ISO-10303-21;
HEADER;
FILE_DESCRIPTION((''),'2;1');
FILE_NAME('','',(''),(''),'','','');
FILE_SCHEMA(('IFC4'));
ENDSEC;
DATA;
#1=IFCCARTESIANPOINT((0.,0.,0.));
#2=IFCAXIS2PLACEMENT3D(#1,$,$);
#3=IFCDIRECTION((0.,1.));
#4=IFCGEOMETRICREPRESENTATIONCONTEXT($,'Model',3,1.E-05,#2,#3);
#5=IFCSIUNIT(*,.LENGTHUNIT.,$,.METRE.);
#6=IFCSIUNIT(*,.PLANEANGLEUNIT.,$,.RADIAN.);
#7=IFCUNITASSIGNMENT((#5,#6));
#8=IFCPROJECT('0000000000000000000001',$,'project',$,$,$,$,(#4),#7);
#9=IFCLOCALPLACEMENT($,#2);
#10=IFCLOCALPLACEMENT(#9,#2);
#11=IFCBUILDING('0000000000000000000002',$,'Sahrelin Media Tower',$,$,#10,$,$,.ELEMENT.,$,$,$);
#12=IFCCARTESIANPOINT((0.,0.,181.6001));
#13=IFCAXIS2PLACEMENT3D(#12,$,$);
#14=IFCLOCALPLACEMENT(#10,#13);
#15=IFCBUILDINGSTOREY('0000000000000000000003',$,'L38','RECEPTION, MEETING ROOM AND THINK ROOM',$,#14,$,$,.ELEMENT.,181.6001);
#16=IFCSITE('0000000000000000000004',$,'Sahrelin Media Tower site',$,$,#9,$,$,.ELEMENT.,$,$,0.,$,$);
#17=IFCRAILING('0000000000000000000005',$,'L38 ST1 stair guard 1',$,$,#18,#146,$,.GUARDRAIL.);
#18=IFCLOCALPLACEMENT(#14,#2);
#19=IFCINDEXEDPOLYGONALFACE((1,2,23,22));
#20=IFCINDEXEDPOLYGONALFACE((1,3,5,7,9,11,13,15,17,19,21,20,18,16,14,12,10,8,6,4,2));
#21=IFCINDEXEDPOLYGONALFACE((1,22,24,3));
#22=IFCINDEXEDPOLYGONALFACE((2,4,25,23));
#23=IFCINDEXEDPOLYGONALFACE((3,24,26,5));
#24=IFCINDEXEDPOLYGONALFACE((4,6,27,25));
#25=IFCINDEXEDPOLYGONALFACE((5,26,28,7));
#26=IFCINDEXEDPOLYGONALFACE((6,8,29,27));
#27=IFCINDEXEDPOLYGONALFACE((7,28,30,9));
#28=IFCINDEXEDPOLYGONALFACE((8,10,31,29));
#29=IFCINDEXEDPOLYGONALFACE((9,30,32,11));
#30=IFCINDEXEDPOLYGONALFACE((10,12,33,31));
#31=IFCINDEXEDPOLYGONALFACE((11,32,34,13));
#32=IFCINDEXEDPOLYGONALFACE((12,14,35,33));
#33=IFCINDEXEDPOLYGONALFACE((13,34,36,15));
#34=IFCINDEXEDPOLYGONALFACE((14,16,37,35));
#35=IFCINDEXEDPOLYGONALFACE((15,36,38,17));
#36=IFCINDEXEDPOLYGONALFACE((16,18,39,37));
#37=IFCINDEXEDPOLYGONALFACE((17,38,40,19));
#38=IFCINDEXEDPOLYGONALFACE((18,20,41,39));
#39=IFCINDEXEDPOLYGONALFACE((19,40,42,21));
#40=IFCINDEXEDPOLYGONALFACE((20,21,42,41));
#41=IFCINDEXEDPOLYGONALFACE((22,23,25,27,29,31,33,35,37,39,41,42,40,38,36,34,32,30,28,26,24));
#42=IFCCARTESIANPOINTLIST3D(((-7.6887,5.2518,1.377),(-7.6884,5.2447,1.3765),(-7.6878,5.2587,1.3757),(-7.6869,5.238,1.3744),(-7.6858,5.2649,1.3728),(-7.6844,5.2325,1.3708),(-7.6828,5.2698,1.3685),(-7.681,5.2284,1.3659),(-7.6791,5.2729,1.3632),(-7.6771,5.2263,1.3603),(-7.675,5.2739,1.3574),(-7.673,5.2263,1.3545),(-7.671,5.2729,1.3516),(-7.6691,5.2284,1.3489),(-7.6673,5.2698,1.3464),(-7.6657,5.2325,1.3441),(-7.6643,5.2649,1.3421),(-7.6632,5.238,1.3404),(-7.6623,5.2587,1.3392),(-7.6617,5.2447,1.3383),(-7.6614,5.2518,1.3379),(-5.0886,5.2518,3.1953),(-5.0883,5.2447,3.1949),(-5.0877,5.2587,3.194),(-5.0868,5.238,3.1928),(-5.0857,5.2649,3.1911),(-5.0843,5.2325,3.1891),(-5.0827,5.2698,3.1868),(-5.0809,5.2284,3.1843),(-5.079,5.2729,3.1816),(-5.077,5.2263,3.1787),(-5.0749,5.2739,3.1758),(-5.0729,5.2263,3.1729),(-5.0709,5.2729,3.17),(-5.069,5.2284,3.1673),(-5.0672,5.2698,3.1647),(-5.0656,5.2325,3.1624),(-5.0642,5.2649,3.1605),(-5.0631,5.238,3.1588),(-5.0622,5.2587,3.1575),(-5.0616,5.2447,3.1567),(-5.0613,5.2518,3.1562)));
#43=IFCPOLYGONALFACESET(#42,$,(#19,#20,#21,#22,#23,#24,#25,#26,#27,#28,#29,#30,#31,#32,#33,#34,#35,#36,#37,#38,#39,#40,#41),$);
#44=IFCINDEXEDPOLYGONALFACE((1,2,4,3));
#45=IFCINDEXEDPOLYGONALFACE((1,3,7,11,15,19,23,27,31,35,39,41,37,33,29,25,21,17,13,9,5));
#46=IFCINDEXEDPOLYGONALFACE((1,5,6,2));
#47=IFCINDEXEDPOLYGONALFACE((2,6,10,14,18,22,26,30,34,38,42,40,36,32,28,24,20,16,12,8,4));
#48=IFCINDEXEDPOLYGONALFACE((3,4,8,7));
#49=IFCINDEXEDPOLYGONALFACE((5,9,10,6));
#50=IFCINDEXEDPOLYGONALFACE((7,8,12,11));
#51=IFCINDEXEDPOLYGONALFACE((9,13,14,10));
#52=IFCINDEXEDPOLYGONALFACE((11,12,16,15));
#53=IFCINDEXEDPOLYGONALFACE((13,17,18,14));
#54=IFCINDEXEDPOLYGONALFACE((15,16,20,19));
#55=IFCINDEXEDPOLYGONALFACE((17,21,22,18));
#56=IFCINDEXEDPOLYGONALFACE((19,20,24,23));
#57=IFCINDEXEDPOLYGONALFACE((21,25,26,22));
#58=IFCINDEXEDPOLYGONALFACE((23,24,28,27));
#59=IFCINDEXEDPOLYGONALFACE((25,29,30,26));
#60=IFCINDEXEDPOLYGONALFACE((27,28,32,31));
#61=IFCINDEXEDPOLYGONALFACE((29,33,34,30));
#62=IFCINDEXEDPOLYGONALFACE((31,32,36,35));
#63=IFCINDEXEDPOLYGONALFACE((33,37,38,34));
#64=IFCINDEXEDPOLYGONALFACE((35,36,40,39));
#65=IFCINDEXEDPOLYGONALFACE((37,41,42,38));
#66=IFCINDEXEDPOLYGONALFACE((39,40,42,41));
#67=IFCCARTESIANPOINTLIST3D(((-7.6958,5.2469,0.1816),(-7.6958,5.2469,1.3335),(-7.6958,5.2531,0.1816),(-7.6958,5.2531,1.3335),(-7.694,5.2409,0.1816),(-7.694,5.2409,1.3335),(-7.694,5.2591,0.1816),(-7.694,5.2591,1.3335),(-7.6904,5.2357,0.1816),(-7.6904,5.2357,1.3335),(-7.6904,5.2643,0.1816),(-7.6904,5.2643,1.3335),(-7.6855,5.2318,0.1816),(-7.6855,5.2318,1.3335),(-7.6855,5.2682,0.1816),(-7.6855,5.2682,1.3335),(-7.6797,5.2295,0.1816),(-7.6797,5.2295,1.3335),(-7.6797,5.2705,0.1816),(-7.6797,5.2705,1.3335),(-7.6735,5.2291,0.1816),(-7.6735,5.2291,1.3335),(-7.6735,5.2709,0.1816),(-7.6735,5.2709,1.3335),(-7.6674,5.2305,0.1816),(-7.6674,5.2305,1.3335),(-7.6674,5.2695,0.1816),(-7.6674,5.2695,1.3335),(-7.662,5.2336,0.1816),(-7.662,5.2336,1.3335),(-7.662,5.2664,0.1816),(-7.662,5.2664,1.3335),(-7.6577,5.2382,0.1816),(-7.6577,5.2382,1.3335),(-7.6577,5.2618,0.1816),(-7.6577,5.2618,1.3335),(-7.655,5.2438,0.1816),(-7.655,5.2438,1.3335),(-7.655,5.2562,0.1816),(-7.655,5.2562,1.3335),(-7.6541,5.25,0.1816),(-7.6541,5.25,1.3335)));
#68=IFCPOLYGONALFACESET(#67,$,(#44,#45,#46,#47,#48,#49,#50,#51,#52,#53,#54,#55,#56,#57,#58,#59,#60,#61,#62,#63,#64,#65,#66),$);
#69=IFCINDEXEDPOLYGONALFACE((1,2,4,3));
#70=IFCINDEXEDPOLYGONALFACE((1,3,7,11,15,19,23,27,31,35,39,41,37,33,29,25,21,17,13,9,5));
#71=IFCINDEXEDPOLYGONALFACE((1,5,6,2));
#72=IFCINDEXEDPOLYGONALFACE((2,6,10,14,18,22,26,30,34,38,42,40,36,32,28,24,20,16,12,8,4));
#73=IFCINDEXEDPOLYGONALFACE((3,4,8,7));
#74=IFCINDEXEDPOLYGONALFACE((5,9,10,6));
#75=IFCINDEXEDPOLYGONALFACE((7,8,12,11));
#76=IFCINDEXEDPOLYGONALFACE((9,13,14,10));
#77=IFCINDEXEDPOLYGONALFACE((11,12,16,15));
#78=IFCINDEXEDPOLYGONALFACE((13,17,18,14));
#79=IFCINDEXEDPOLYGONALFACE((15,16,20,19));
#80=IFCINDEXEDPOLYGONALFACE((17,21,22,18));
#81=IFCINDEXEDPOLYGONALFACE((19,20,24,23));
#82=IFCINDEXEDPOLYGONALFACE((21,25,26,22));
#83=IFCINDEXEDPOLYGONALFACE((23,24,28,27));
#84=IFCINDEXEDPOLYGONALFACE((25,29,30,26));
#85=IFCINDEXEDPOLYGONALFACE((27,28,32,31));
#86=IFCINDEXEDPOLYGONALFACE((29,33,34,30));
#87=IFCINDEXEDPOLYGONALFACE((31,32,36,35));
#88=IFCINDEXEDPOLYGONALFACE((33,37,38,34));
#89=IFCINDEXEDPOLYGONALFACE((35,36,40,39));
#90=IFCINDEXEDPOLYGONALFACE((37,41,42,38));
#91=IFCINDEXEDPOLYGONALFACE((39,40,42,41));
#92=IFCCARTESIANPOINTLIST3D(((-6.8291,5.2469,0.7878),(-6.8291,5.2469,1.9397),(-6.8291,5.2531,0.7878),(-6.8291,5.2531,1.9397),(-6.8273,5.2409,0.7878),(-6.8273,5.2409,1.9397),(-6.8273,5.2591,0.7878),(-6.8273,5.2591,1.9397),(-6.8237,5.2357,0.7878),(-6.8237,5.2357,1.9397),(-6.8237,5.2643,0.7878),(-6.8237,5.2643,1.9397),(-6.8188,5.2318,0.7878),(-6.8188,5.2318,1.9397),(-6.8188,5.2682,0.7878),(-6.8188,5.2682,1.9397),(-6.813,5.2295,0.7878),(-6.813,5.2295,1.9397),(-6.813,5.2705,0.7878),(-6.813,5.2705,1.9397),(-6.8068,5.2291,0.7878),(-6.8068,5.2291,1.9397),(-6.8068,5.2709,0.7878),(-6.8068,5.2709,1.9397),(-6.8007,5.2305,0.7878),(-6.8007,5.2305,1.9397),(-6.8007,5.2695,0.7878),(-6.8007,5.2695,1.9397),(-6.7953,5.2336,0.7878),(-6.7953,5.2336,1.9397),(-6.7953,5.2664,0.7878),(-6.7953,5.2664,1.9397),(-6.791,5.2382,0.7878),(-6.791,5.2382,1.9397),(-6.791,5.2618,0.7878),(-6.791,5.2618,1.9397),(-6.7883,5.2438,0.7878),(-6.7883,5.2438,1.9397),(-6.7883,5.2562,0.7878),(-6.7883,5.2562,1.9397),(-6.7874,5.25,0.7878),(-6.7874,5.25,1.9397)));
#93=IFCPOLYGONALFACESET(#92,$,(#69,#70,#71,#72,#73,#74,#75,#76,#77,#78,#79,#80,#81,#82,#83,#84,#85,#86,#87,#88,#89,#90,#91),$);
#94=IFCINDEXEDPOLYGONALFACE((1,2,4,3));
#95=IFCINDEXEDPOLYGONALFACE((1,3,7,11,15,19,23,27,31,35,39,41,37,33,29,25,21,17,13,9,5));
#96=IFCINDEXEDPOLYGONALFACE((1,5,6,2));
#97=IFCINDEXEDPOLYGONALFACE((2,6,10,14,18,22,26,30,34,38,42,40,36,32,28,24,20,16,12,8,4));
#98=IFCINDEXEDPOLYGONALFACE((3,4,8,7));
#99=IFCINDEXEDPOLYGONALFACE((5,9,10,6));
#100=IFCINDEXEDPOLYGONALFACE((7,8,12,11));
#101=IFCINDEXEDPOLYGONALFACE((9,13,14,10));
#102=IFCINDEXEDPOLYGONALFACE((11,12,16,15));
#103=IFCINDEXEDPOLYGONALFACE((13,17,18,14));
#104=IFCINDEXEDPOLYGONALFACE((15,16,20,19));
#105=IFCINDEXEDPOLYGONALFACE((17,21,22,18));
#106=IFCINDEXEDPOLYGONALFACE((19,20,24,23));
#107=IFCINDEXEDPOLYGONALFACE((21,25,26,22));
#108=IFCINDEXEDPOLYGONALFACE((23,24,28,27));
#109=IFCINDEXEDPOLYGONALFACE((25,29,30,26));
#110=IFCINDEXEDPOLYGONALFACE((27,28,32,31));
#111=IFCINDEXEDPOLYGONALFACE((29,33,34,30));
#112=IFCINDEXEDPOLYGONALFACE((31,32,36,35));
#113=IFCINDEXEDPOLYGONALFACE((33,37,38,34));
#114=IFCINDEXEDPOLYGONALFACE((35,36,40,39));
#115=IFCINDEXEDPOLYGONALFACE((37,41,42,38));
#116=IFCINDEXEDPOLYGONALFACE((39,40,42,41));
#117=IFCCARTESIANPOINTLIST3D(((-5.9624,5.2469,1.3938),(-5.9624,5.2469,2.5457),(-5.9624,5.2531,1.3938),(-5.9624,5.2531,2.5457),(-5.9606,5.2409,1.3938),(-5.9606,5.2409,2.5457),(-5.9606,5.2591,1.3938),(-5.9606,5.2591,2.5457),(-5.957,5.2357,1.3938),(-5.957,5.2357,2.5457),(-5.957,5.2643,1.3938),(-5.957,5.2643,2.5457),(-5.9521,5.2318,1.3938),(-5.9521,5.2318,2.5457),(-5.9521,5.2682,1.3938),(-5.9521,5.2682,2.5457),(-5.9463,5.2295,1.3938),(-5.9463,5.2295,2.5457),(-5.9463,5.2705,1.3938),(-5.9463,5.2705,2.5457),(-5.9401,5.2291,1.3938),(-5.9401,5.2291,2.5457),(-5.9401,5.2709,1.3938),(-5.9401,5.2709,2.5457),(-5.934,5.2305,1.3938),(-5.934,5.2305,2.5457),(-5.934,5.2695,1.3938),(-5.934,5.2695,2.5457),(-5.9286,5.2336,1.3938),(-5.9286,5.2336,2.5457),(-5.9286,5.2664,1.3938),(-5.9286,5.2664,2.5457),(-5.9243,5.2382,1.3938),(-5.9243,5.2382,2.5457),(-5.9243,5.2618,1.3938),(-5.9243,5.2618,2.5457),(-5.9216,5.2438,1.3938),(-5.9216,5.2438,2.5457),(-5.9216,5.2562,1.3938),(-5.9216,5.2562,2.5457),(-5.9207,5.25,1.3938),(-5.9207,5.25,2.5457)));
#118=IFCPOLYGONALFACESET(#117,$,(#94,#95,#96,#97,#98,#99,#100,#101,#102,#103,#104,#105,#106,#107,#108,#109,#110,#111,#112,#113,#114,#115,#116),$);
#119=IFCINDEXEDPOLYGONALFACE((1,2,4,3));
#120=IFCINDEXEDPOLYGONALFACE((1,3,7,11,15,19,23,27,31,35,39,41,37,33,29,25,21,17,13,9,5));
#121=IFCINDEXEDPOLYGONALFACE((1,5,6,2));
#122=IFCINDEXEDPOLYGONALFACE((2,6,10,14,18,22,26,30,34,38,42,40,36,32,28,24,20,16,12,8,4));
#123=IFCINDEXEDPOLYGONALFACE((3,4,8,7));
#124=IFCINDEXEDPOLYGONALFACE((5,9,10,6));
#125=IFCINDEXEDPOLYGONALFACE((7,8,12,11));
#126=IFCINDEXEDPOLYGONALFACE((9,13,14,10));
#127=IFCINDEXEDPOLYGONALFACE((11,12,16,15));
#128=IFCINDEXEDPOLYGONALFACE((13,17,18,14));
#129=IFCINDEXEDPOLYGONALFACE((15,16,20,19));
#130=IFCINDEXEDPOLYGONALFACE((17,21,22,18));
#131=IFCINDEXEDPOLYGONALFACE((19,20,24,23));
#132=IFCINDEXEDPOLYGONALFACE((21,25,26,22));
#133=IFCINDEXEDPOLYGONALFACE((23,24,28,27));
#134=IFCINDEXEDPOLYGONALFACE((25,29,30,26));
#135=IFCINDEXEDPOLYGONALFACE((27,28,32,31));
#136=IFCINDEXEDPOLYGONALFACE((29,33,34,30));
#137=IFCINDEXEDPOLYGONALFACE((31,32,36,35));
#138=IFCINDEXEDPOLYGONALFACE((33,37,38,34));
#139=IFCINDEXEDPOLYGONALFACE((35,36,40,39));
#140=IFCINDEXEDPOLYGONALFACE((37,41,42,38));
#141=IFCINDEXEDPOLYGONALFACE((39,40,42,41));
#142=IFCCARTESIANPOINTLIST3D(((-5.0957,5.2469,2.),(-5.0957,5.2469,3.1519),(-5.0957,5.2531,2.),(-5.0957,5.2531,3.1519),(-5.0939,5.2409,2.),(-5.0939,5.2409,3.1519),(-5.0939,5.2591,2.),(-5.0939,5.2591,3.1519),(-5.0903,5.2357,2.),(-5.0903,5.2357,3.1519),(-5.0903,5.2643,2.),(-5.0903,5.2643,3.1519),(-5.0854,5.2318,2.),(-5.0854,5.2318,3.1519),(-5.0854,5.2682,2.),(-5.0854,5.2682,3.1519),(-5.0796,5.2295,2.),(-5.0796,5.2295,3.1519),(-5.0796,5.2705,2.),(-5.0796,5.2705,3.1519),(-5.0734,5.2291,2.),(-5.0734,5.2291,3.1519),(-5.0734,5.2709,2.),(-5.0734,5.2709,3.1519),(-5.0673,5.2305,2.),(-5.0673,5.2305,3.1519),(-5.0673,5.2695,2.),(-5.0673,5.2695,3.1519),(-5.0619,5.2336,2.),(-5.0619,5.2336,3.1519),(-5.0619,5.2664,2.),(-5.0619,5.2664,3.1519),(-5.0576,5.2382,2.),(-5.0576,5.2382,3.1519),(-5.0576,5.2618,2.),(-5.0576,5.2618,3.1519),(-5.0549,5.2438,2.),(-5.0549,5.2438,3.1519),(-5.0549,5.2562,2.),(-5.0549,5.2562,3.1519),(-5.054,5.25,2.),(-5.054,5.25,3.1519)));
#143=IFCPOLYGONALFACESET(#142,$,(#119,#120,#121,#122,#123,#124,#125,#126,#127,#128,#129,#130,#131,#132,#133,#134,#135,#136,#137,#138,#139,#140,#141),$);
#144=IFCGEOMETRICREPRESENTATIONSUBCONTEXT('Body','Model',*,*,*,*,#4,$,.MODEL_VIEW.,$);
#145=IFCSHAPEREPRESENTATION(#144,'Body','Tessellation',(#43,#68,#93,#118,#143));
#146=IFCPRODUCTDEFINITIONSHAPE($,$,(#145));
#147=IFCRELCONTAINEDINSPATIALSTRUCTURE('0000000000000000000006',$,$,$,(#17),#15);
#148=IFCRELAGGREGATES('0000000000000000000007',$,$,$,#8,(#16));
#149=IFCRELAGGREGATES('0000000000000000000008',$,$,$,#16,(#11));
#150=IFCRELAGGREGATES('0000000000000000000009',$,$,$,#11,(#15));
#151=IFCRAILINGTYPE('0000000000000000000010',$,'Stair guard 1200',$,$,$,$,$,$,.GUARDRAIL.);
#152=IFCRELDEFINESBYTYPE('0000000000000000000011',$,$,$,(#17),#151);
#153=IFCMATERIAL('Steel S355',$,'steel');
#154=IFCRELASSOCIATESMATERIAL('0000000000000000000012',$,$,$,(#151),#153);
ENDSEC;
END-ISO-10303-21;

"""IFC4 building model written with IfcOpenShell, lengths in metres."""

from ifc_helpers import new_model, si_unit, direction, frame, origin, origin_2d, place, context, subcontext, project, spatial, circle, extrude, material, type_object, element, save


model = new_model("IFC4")

# Units and contexts
model_context = context("Model", 3, precision=1e-05, world=origin(), true_north=direction((0.0, 1.0)))
body_context = subcontext(model_context, "Body", "Model", "MODEL_VIEW")
ifc_project = project(units=[si_unit("LENGTHUNIT", "METRE"), si_unit("PLANEANGLEUNIT", "RADIAN")], contexts=[model_context])

# Site, building, storey
site_placement = place(None, origin())
site = spatial("IfcSite", under=ifc_project, at=site_placement, Name="Sahrelin Media Tower site", CompositionType="ELEMENT", RefElevation=0.0)
building_placement = place(site_placement, origin())
building = spatial("IfcBuilding", under=site, at=building_placement, Name="Sahrelin Media Tower", CompositionType="ELEMENT")
storey_placement = place(building_placement, frame((0.0, 0.0, 181.6001)))
storey = spatial("IfcBuildingStorey", under=building, at=storey_placement, Name="L38", Description="RECEPTION, MEETING ROOM AND THINK ROOM", CompositionType="ELEMENT", Elevation=181.6001)

# Shared definitions
ifc_material_1 = material(Name="Steel S355", Category="steel")

# Railing
railing_type_1 = type_object("IfcRailingType", Name="Stair guard 1200", PredefinedType="GUARDRAIL", material=ifc_material_1)
railing_1_placement = place(storey_placement, frame((-7.675, 5.25, 0.1816)))
element("IfcRailing", 1, at=railing_1_placement, inside=storey, type_object=railing_type_1, Name="L38 ST1 stair guard 1", PredefinedType="GUARDRAIL", context=body_context, shape_type="SweptSolid", body=[
    extrude(circle(Radius=0.0239, at=origin_2d()), frame((0.0, 0.0, 1.1758), z_axis=(0.819485, 0.0, 0.573101), x_axis=(0.0, 1.0, 0.0)), (0.0, 0.0, 1.0), 3.1729),
    extrude(circle(Radius=0.021, at=origin_2d()), origin(), (0.0, 0.0, 1.0), 1.1519),
    extrude(circle(Radius=0.021, at=origin_2d()), frame((0.8667, 0.0, 0.6062)), (0.0, 0.0, 1.0), 1.1519),
    extrude(circle(Radius=0.021, at=origin_2d()), frame((1.7334, 0.0, 1.2122)), (0.0, 0.0, 1.0), 1.1519),
    extrude(circle(Radius=0.021, at=origin_2d()), frame((2.6001, 0.0, 1.8184)), (0.0, 0.0, 1.0), 1.1519),
])

save(model, "model.ifc")
